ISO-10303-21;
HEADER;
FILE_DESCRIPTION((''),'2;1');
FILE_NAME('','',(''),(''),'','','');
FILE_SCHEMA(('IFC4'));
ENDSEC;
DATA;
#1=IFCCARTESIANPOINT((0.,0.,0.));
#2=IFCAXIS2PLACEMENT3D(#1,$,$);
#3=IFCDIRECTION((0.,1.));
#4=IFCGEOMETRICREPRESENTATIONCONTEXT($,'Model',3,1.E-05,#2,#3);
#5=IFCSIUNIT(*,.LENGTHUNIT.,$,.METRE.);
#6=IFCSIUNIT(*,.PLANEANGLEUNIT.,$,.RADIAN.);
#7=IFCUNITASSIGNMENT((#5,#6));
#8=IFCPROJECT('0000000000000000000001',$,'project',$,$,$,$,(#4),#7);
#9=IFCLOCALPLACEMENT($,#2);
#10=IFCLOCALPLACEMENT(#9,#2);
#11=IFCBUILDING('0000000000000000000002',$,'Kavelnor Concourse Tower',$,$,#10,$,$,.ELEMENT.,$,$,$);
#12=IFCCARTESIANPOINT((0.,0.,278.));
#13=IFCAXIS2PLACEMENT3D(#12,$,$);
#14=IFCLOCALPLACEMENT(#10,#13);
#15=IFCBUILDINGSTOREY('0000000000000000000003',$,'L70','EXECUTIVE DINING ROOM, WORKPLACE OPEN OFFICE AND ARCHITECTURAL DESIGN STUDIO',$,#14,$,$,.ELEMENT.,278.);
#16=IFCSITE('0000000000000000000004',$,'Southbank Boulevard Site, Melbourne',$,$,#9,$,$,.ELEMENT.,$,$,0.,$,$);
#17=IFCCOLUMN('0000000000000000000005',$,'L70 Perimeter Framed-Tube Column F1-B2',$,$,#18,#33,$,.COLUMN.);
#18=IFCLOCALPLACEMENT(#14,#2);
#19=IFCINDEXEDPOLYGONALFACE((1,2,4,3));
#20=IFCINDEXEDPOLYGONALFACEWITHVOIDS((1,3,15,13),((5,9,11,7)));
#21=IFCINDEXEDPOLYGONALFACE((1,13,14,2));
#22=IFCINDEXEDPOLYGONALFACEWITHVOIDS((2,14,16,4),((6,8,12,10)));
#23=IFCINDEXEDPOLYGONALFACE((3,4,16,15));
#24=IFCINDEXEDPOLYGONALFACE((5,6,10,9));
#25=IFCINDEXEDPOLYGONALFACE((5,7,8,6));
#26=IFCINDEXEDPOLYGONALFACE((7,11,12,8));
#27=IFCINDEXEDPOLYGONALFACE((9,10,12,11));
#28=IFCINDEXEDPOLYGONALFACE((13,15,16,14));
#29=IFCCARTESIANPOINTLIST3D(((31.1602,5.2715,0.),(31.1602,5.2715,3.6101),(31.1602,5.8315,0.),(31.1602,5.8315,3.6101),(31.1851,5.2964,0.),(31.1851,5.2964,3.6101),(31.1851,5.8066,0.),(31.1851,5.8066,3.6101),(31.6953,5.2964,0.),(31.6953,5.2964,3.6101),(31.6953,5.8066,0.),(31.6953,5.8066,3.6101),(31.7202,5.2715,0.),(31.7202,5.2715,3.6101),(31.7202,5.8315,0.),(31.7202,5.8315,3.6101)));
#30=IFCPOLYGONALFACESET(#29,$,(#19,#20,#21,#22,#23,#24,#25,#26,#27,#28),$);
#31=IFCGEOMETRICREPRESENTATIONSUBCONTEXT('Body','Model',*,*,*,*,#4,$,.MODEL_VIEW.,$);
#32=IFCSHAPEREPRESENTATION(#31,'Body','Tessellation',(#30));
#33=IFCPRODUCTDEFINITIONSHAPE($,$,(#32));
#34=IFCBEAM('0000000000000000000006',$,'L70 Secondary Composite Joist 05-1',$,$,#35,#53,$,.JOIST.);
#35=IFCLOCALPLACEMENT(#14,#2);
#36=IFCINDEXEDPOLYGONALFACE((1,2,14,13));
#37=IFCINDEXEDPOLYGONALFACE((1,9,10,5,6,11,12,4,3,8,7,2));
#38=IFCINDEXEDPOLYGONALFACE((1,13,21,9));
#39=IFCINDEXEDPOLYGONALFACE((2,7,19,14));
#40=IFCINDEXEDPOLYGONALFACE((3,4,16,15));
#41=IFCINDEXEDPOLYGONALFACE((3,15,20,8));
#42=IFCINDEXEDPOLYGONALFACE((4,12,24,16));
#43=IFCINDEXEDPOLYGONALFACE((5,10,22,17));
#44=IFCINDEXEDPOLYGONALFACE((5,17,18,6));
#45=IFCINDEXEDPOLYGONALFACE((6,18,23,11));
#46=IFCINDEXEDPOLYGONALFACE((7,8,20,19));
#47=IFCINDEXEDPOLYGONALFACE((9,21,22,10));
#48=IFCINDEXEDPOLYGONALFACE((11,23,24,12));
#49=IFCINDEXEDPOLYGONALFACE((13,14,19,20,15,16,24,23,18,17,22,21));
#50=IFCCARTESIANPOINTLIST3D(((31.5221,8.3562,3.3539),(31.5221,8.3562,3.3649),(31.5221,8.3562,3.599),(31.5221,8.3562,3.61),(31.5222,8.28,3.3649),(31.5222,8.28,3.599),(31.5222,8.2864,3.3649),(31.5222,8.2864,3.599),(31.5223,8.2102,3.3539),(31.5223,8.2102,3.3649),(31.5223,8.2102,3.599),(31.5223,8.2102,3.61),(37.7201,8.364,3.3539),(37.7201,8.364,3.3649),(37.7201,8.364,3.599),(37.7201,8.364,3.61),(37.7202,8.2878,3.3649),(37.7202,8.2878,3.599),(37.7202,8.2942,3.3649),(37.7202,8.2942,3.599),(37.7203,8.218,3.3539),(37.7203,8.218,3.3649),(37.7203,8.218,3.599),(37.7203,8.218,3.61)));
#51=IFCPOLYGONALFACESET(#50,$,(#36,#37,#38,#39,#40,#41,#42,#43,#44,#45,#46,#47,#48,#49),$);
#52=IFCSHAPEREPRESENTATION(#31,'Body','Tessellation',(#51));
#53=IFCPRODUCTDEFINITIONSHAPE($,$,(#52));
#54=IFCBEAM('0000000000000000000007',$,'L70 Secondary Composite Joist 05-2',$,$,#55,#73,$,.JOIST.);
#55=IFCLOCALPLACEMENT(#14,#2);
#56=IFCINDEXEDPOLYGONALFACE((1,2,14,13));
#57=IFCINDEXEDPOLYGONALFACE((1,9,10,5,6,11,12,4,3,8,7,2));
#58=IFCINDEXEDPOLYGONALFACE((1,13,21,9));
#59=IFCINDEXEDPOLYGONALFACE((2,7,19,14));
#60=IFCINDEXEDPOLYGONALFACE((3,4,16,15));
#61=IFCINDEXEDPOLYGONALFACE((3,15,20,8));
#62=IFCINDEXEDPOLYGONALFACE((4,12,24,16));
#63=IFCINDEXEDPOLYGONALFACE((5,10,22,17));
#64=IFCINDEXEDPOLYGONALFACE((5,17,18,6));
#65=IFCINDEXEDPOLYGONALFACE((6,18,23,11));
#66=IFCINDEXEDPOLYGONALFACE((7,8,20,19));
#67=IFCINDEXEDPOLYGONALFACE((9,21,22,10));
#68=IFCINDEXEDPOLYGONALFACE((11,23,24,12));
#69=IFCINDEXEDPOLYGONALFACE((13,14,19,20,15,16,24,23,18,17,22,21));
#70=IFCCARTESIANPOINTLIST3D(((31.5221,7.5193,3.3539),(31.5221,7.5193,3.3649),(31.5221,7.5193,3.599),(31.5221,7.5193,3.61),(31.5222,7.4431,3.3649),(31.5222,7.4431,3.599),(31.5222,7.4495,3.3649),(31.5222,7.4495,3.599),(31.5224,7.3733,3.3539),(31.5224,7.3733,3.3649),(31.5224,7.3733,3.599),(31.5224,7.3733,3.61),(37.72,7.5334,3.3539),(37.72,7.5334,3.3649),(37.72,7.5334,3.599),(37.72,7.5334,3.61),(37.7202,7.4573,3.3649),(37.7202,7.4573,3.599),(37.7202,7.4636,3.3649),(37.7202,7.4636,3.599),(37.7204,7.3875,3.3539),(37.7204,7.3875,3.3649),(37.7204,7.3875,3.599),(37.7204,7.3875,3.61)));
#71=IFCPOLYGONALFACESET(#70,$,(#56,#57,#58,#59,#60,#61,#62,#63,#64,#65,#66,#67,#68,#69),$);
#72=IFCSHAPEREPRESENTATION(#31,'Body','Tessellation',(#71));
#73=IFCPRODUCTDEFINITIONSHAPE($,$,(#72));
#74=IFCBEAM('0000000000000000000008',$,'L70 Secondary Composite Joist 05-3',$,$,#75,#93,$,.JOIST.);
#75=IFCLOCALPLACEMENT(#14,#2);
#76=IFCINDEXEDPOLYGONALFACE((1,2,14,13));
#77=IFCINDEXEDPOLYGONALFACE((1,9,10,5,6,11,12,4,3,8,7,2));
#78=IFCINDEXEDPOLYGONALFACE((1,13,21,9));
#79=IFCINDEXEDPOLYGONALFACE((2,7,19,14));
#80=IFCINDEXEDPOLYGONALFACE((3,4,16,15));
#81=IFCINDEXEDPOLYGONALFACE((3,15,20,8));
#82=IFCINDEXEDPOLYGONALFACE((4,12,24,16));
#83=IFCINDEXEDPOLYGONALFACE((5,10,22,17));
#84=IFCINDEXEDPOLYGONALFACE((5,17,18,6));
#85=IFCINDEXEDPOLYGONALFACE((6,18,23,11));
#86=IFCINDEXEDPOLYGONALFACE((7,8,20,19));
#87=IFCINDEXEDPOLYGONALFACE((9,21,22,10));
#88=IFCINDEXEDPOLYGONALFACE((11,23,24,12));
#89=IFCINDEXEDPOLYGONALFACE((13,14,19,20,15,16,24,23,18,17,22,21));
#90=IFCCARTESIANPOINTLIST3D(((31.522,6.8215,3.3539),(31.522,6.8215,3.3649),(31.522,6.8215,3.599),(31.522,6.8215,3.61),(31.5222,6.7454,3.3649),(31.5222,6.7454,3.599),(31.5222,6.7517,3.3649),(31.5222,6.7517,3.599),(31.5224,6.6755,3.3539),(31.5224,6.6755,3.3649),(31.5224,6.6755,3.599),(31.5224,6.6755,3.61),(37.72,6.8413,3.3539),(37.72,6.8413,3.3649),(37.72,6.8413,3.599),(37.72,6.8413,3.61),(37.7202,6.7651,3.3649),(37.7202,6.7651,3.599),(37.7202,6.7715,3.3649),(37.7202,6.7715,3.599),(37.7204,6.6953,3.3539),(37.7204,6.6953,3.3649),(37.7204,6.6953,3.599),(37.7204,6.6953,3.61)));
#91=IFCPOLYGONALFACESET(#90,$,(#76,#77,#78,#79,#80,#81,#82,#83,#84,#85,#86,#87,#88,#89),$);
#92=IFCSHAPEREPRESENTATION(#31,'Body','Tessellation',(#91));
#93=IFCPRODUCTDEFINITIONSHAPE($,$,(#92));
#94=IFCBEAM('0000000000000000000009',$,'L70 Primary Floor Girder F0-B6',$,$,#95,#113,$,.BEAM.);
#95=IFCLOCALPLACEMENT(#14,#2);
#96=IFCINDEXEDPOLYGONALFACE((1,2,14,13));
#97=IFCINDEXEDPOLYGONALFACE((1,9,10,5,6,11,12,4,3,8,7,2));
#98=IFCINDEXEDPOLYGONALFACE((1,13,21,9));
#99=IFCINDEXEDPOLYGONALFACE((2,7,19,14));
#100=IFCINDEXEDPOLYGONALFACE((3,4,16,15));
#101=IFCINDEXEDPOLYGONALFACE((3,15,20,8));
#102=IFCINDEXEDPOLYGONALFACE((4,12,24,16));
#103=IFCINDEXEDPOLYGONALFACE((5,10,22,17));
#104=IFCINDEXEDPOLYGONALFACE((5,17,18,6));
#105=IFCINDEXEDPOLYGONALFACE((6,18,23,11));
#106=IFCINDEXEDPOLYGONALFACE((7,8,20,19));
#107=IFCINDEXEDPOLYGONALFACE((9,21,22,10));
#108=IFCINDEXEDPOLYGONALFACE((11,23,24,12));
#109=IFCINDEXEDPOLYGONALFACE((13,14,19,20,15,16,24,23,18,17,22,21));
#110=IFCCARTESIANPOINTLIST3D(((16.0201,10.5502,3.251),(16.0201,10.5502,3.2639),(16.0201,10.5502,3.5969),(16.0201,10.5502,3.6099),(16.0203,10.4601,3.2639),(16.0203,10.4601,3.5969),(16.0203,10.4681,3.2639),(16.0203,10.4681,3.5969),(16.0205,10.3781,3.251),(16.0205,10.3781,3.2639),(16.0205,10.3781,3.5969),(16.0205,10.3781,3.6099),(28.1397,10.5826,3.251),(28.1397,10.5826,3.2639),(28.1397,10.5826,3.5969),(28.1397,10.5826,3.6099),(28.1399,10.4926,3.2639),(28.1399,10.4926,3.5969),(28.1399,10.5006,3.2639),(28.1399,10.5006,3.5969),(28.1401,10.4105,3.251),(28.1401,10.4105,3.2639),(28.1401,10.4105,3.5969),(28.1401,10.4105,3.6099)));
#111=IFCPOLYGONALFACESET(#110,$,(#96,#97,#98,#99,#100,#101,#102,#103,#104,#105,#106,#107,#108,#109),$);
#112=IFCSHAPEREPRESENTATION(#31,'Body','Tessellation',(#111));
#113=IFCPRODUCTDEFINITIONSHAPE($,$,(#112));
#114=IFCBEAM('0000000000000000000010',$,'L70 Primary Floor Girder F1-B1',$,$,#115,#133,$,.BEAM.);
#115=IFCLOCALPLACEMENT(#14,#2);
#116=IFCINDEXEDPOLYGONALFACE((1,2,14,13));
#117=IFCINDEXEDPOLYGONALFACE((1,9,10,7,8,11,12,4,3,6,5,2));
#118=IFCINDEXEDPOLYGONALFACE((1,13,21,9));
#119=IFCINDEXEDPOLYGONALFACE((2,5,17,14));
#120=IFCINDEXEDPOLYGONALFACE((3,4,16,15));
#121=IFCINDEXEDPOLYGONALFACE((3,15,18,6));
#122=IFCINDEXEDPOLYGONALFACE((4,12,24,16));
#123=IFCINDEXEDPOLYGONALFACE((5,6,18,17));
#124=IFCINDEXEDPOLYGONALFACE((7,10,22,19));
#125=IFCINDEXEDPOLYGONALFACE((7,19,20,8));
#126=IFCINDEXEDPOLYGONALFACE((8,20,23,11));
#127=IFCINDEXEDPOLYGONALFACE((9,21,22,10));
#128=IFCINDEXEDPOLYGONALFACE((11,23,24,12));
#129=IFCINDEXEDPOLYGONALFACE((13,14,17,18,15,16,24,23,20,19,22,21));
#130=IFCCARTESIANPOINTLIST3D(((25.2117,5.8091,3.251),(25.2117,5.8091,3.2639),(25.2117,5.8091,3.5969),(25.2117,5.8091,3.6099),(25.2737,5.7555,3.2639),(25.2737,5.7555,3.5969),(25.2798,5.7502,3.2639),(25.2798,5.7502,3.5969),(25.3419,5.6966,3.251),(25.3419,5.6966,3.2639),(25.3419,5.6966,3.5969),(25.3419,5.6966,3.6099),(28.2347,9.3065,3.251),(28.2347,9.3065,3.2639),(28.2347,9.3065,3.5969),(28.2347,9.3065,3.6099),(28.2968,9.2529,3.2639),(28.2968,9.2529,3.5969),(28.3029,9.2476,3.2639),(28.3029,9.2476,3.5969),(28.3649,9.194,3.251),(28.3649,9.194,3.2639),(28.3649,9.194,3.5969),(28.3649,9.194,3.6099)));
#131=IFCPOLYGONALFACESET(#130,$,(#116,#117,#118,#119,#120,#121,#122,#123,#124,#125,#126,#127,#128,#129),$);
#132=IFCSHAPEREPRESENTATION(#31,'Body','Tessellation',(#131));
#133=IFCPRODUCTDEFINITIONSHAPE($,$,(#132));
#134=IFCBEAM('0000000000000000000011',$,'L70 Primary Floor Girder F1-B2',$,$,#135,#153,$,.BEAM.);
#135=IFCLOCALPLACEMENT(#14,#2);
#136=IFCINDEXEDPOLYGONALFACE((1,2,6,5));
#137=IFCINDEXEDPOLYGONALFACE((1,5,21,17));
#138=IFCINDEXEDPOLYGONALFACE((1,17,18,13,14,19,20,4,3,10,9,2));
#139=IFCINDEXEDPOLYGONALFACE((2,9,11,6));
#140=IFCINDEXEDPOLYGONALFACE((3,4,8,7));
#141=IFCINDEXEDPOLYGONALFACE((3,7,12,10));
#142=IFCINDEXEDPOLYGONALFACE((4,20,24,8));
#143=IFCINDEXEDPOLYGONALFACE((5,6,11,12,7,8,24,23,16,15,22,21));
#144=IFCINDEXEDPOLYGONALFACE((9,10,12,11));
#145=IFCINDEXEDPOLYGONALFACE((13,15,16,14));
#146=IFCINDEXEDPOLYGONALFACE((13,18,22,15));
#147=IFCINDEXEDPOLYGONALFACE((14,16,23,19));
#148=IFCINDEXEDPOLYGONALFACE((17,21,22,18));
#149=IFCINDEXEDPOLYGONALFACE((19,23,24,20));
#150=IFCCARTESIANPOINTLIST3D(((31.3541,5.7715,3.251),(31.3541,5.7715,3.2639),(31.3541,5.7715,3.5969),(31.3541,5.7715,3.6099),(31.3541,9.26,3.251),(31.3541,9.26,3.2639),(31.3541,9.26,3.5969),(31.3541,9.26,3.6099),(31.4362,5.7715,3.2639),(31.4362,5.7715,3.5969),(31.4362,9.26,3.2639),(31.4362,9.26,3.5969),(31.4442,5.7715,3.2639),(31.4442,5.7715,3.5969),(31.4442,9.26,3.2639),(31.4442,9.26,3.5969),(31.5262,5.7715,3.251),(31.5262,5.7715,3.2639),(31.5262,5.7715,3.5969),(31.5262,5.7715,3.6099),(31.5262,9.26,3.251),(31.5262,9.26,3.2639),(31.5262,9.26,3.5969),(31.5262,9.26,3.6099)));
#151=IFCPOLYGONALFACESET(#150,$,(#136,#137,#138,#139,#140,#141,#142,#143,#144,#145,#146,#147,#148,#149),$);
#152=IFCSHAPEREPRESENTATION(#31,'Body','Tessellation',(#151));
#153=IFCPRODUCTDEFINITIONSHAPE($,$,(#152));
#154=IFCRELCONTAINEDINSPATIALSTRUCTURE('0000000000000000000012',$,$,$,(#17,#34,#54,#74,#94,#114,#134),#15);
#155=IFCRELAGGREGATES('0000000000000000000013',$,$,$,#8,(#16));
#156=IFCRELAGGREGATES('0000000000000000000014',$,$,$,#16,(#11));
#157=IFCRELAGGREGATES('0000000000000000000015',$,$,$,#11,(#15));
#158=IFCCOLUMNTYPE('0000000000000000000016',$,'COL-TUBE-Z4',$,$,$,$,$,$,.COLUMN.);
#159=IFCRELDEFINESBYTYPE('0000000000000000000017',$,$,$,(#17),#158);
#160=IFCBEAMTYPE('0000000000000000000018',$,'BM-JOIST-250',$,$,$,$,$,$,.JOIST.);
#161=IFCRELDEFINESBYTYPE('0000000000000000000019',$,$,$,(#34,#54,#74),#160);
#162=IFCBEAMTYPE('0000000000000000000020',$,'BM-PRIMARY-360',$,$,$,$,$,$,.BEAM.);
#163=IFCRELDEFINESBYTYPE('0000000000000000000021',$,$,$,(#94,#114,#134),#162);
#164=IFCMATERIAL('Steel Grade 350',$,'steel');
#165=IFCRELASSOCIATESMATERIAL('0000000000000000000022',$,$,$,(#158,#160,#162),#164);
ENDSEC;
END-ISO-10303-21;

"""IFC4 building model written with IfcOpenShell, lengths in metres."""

from ifc_helpers import new_model, si_unit, direction, frame, origin, origin_2d, place, context, subcontext, project, spatial, hollow_rectangle, i_section, extrude, material, material_profile, profile_set, type_object, element, save


model = new_model("IFC4")

# Units and contexts
model_context = context("Model", 3, precision=1e-05, world=origin(), true_north=direction((0.0, 1.0)))
body_context = subcontext(model_context, "Body", "Model", "MODEL_VIEW")
ifc_project = project(units=[si_unit("LENGTHUNIT", "METRE"), si_unit("PLANEANGLEUNIT", "RADIAN")], contexts=[model_context])

# Site, building, storey
site_placement = place(None, origin())
site = spatial("IfcSite", under=ifc_project, at=site_placement, Name="Southbank Boulevard Site, Melbourne", CompositionType="ELEMENT", RefElevation=0.0)
building_placement = place(site_placement, origin())
building = spatial("IfcBuilding", under=site, at=building_placement, Name="Kavelnor Concourse Tower", CompositionType="ELEMENT")
storey_placement = place(building_placement, frame((0.0, 0.0, 278.0)))
storey = spatial("IfcBuildingStorey", under=building, at=storey_placement, Name="L70", Description="EXECUTIVE DINING ROOM, WORKPLACE OPEN OFFICE AND ARCHITECTURAL DESIGN STUDIO", CompositionType="ELEMENT", Elevation=278.0)

# Column
ifc_material_1 = material(Name="Steel Grade 350", Category="steel")
ifc_material_profile_1 = material_profile(ifc_material_1, hollow_rectangle(XDim=0.5601, YDim=0.5601, WallThickness=0.0249, at=origin_2d()), Name="SHS 560x560x25")
ifc_profile_set_1 = profile_set([ifc_material_profile_1], Name="Steel Grade 350")
column_type = type_object("IfcColumnType", Name="COL-TUBE-Z4", PredefinedType="COLUMN", material=ifc_profile_set_1)
column_placement = place(storey_placement, frame((31.4402, 5.5515, 0.0), z_axis=(0.0, 0.0, 1.0), x_axis=(1.0, 0.0, 0.0)))
element("IfcColumn", 1, at=column_placement, inside=storey, type_object=column_type, Name="L70 Perimeter Framed-Tube Column F1-B2", PredefinedType="COLUMN", context=body_context, shape_type="SweptSolid", body=[
    extrude(hollow_rectangle(XDim=0.5601, YDim=0.5601, WallThickness=0.0249, at=origin_2d()), origin(), (0.0, 0.0, 1.0), 3.6101),
])

# Beams
ifc_material_profile_2 = material_profile(ifc_material_1, i_section(OverallWidth=0.146, OverallDepth=0.2561, WebThickness=0.0063, FlangeThickness=0.011, at=origin_2d()), Name="250UB37")
ifc_profile_set_2 = profile_set([ifc_material_profile_2], Name="Steel Grade 350")
beam_type_1 = type_object("IfcBeamType", Name="BM-JOIST-250", PredefinedType="JOIST", material=ifc_profile_set_2)
for number, where, z_axis, x_axis, name in (
    (2, (31.5222, 8.2832, 3.4819), (0.999999, 0.00126, 0.0), (-0.00126, 0.999999, 0.0), "L70 Secondary Composite Joist 05-1"),
    (3, (31.5222, 7.4463, 3.4819), (0.999997, 0.002285, 0.0), (-0.002285, 0.999997, 0.0), "L70 Secondary Composite Joist 05-2"),
    (4, (31.5222, 6.7485, 3.4819), (0.999995, 0.003191, 0.0), (-0.003191, 0.999995, 0.0), "L70 Secondary Composite Joist 05-3"),
):
    element("IfcBeam", number, at=place(storey_placement, frame(where, z_axis=z_axis, x_axis=x_axis)), inside=storey, type_object=beam_type_1, Name=name, PredefinedType="JOIST", context=body_context, shape_type="SweptSolid", body=[
        extrude(i_section(OverallWidth=0.146, OverallDepth=0.2561, WebThickness=0.0063, FlangeThickness=0.011, at=origin_2d()), origin(), (0.0, 0.0, 1.0), 6.198),
    ])
ifc_material_profile_3 = material_profile(ifc_material_1, i_section(OverallWidth=0.1721, OverallDepth=0.3589, WebThickness=0.0081, FlangeThickness=0.0129, at=origin_2d()), Name="360UB56")
ifc_profile_set_3 = profile_set([ifc_material_profile_3], Name="Steel Grade 350")
beam_type_2 = type_object("IfcBeamType", Name="BM-PRIMARY-360", PredefinedType="BEAM", material=ifc_profile_set_3)
beam_1_placement = place(storey_placement, frame((28.1399, 10.4966, 3.4304), z_axis=(-0.999996, -0.002679, 0.0), x_axis=(0.002679, -0.999996, 0.0)))
element("IfcBeam", 5, at=beam_1_placement, inside=storey, type_object=beam_type_2, Name="L70 Primary Floor Girder F0-B6", PredefinedType="BEAM", context=body_context, shape_type="SweptSolid", body=[
    extrude(i_section(OverallWidth=0.1721, OverallDepth=0.3589, WebThickness=0.0081, FlangeThickness=0.0129, at=origin_2d()), origin(), (0.0, 0.0, 1.0), 12.1196),
])
beam_2_placement = place(storey_placement, frame((28.2998, 9.2502, 3.4304), z_axis=(-0.653935, -0.756551, 0.0), x_axis=(0.756551, -0.653935, 0.0)))
element("IfcBeam", 6, at=beam_2_placement, inside=storey, type_object=beam_type_2, Name="L70 Primary Floor Girder F1-B1", PredefinedType="BEAM", context=body_context, shape_type="SweptSolid", body=[
    extrude(i_section(OverallWidth=0.1721, OverallDepth=0.3589, WebThickness=0.0081, FlangeThickness=0.0129, at=origin_2d()), origin(), (0.0, 0.0, 1.0), 4.6228),
])
beam_3_placement = place(storey_placement, frame((31.4402, 9.26, 3.4304), z_axis=(0.0, -1.0, 0.0), x_axis=(1.0, 0.0, 0.0)))
element("IfcBeam", 7, at=beam_3_placement, inside=storey, type_object=beam_type_2, Name="L70 Primary Floor Girder F1-B2", PredefinedType="BEAM", context=body_context, shape_type="SweptSolid", body=[
    extrude(i_section(OverallWidth=0.1721, OverallDepth=0.3589, WebThickness=0.0081, FlangeThickness=0.0129, at=origin_2d()), origin(), (0.0, 0.0, 1.0), 3.4885),
])

save(model, "model.ifc")
